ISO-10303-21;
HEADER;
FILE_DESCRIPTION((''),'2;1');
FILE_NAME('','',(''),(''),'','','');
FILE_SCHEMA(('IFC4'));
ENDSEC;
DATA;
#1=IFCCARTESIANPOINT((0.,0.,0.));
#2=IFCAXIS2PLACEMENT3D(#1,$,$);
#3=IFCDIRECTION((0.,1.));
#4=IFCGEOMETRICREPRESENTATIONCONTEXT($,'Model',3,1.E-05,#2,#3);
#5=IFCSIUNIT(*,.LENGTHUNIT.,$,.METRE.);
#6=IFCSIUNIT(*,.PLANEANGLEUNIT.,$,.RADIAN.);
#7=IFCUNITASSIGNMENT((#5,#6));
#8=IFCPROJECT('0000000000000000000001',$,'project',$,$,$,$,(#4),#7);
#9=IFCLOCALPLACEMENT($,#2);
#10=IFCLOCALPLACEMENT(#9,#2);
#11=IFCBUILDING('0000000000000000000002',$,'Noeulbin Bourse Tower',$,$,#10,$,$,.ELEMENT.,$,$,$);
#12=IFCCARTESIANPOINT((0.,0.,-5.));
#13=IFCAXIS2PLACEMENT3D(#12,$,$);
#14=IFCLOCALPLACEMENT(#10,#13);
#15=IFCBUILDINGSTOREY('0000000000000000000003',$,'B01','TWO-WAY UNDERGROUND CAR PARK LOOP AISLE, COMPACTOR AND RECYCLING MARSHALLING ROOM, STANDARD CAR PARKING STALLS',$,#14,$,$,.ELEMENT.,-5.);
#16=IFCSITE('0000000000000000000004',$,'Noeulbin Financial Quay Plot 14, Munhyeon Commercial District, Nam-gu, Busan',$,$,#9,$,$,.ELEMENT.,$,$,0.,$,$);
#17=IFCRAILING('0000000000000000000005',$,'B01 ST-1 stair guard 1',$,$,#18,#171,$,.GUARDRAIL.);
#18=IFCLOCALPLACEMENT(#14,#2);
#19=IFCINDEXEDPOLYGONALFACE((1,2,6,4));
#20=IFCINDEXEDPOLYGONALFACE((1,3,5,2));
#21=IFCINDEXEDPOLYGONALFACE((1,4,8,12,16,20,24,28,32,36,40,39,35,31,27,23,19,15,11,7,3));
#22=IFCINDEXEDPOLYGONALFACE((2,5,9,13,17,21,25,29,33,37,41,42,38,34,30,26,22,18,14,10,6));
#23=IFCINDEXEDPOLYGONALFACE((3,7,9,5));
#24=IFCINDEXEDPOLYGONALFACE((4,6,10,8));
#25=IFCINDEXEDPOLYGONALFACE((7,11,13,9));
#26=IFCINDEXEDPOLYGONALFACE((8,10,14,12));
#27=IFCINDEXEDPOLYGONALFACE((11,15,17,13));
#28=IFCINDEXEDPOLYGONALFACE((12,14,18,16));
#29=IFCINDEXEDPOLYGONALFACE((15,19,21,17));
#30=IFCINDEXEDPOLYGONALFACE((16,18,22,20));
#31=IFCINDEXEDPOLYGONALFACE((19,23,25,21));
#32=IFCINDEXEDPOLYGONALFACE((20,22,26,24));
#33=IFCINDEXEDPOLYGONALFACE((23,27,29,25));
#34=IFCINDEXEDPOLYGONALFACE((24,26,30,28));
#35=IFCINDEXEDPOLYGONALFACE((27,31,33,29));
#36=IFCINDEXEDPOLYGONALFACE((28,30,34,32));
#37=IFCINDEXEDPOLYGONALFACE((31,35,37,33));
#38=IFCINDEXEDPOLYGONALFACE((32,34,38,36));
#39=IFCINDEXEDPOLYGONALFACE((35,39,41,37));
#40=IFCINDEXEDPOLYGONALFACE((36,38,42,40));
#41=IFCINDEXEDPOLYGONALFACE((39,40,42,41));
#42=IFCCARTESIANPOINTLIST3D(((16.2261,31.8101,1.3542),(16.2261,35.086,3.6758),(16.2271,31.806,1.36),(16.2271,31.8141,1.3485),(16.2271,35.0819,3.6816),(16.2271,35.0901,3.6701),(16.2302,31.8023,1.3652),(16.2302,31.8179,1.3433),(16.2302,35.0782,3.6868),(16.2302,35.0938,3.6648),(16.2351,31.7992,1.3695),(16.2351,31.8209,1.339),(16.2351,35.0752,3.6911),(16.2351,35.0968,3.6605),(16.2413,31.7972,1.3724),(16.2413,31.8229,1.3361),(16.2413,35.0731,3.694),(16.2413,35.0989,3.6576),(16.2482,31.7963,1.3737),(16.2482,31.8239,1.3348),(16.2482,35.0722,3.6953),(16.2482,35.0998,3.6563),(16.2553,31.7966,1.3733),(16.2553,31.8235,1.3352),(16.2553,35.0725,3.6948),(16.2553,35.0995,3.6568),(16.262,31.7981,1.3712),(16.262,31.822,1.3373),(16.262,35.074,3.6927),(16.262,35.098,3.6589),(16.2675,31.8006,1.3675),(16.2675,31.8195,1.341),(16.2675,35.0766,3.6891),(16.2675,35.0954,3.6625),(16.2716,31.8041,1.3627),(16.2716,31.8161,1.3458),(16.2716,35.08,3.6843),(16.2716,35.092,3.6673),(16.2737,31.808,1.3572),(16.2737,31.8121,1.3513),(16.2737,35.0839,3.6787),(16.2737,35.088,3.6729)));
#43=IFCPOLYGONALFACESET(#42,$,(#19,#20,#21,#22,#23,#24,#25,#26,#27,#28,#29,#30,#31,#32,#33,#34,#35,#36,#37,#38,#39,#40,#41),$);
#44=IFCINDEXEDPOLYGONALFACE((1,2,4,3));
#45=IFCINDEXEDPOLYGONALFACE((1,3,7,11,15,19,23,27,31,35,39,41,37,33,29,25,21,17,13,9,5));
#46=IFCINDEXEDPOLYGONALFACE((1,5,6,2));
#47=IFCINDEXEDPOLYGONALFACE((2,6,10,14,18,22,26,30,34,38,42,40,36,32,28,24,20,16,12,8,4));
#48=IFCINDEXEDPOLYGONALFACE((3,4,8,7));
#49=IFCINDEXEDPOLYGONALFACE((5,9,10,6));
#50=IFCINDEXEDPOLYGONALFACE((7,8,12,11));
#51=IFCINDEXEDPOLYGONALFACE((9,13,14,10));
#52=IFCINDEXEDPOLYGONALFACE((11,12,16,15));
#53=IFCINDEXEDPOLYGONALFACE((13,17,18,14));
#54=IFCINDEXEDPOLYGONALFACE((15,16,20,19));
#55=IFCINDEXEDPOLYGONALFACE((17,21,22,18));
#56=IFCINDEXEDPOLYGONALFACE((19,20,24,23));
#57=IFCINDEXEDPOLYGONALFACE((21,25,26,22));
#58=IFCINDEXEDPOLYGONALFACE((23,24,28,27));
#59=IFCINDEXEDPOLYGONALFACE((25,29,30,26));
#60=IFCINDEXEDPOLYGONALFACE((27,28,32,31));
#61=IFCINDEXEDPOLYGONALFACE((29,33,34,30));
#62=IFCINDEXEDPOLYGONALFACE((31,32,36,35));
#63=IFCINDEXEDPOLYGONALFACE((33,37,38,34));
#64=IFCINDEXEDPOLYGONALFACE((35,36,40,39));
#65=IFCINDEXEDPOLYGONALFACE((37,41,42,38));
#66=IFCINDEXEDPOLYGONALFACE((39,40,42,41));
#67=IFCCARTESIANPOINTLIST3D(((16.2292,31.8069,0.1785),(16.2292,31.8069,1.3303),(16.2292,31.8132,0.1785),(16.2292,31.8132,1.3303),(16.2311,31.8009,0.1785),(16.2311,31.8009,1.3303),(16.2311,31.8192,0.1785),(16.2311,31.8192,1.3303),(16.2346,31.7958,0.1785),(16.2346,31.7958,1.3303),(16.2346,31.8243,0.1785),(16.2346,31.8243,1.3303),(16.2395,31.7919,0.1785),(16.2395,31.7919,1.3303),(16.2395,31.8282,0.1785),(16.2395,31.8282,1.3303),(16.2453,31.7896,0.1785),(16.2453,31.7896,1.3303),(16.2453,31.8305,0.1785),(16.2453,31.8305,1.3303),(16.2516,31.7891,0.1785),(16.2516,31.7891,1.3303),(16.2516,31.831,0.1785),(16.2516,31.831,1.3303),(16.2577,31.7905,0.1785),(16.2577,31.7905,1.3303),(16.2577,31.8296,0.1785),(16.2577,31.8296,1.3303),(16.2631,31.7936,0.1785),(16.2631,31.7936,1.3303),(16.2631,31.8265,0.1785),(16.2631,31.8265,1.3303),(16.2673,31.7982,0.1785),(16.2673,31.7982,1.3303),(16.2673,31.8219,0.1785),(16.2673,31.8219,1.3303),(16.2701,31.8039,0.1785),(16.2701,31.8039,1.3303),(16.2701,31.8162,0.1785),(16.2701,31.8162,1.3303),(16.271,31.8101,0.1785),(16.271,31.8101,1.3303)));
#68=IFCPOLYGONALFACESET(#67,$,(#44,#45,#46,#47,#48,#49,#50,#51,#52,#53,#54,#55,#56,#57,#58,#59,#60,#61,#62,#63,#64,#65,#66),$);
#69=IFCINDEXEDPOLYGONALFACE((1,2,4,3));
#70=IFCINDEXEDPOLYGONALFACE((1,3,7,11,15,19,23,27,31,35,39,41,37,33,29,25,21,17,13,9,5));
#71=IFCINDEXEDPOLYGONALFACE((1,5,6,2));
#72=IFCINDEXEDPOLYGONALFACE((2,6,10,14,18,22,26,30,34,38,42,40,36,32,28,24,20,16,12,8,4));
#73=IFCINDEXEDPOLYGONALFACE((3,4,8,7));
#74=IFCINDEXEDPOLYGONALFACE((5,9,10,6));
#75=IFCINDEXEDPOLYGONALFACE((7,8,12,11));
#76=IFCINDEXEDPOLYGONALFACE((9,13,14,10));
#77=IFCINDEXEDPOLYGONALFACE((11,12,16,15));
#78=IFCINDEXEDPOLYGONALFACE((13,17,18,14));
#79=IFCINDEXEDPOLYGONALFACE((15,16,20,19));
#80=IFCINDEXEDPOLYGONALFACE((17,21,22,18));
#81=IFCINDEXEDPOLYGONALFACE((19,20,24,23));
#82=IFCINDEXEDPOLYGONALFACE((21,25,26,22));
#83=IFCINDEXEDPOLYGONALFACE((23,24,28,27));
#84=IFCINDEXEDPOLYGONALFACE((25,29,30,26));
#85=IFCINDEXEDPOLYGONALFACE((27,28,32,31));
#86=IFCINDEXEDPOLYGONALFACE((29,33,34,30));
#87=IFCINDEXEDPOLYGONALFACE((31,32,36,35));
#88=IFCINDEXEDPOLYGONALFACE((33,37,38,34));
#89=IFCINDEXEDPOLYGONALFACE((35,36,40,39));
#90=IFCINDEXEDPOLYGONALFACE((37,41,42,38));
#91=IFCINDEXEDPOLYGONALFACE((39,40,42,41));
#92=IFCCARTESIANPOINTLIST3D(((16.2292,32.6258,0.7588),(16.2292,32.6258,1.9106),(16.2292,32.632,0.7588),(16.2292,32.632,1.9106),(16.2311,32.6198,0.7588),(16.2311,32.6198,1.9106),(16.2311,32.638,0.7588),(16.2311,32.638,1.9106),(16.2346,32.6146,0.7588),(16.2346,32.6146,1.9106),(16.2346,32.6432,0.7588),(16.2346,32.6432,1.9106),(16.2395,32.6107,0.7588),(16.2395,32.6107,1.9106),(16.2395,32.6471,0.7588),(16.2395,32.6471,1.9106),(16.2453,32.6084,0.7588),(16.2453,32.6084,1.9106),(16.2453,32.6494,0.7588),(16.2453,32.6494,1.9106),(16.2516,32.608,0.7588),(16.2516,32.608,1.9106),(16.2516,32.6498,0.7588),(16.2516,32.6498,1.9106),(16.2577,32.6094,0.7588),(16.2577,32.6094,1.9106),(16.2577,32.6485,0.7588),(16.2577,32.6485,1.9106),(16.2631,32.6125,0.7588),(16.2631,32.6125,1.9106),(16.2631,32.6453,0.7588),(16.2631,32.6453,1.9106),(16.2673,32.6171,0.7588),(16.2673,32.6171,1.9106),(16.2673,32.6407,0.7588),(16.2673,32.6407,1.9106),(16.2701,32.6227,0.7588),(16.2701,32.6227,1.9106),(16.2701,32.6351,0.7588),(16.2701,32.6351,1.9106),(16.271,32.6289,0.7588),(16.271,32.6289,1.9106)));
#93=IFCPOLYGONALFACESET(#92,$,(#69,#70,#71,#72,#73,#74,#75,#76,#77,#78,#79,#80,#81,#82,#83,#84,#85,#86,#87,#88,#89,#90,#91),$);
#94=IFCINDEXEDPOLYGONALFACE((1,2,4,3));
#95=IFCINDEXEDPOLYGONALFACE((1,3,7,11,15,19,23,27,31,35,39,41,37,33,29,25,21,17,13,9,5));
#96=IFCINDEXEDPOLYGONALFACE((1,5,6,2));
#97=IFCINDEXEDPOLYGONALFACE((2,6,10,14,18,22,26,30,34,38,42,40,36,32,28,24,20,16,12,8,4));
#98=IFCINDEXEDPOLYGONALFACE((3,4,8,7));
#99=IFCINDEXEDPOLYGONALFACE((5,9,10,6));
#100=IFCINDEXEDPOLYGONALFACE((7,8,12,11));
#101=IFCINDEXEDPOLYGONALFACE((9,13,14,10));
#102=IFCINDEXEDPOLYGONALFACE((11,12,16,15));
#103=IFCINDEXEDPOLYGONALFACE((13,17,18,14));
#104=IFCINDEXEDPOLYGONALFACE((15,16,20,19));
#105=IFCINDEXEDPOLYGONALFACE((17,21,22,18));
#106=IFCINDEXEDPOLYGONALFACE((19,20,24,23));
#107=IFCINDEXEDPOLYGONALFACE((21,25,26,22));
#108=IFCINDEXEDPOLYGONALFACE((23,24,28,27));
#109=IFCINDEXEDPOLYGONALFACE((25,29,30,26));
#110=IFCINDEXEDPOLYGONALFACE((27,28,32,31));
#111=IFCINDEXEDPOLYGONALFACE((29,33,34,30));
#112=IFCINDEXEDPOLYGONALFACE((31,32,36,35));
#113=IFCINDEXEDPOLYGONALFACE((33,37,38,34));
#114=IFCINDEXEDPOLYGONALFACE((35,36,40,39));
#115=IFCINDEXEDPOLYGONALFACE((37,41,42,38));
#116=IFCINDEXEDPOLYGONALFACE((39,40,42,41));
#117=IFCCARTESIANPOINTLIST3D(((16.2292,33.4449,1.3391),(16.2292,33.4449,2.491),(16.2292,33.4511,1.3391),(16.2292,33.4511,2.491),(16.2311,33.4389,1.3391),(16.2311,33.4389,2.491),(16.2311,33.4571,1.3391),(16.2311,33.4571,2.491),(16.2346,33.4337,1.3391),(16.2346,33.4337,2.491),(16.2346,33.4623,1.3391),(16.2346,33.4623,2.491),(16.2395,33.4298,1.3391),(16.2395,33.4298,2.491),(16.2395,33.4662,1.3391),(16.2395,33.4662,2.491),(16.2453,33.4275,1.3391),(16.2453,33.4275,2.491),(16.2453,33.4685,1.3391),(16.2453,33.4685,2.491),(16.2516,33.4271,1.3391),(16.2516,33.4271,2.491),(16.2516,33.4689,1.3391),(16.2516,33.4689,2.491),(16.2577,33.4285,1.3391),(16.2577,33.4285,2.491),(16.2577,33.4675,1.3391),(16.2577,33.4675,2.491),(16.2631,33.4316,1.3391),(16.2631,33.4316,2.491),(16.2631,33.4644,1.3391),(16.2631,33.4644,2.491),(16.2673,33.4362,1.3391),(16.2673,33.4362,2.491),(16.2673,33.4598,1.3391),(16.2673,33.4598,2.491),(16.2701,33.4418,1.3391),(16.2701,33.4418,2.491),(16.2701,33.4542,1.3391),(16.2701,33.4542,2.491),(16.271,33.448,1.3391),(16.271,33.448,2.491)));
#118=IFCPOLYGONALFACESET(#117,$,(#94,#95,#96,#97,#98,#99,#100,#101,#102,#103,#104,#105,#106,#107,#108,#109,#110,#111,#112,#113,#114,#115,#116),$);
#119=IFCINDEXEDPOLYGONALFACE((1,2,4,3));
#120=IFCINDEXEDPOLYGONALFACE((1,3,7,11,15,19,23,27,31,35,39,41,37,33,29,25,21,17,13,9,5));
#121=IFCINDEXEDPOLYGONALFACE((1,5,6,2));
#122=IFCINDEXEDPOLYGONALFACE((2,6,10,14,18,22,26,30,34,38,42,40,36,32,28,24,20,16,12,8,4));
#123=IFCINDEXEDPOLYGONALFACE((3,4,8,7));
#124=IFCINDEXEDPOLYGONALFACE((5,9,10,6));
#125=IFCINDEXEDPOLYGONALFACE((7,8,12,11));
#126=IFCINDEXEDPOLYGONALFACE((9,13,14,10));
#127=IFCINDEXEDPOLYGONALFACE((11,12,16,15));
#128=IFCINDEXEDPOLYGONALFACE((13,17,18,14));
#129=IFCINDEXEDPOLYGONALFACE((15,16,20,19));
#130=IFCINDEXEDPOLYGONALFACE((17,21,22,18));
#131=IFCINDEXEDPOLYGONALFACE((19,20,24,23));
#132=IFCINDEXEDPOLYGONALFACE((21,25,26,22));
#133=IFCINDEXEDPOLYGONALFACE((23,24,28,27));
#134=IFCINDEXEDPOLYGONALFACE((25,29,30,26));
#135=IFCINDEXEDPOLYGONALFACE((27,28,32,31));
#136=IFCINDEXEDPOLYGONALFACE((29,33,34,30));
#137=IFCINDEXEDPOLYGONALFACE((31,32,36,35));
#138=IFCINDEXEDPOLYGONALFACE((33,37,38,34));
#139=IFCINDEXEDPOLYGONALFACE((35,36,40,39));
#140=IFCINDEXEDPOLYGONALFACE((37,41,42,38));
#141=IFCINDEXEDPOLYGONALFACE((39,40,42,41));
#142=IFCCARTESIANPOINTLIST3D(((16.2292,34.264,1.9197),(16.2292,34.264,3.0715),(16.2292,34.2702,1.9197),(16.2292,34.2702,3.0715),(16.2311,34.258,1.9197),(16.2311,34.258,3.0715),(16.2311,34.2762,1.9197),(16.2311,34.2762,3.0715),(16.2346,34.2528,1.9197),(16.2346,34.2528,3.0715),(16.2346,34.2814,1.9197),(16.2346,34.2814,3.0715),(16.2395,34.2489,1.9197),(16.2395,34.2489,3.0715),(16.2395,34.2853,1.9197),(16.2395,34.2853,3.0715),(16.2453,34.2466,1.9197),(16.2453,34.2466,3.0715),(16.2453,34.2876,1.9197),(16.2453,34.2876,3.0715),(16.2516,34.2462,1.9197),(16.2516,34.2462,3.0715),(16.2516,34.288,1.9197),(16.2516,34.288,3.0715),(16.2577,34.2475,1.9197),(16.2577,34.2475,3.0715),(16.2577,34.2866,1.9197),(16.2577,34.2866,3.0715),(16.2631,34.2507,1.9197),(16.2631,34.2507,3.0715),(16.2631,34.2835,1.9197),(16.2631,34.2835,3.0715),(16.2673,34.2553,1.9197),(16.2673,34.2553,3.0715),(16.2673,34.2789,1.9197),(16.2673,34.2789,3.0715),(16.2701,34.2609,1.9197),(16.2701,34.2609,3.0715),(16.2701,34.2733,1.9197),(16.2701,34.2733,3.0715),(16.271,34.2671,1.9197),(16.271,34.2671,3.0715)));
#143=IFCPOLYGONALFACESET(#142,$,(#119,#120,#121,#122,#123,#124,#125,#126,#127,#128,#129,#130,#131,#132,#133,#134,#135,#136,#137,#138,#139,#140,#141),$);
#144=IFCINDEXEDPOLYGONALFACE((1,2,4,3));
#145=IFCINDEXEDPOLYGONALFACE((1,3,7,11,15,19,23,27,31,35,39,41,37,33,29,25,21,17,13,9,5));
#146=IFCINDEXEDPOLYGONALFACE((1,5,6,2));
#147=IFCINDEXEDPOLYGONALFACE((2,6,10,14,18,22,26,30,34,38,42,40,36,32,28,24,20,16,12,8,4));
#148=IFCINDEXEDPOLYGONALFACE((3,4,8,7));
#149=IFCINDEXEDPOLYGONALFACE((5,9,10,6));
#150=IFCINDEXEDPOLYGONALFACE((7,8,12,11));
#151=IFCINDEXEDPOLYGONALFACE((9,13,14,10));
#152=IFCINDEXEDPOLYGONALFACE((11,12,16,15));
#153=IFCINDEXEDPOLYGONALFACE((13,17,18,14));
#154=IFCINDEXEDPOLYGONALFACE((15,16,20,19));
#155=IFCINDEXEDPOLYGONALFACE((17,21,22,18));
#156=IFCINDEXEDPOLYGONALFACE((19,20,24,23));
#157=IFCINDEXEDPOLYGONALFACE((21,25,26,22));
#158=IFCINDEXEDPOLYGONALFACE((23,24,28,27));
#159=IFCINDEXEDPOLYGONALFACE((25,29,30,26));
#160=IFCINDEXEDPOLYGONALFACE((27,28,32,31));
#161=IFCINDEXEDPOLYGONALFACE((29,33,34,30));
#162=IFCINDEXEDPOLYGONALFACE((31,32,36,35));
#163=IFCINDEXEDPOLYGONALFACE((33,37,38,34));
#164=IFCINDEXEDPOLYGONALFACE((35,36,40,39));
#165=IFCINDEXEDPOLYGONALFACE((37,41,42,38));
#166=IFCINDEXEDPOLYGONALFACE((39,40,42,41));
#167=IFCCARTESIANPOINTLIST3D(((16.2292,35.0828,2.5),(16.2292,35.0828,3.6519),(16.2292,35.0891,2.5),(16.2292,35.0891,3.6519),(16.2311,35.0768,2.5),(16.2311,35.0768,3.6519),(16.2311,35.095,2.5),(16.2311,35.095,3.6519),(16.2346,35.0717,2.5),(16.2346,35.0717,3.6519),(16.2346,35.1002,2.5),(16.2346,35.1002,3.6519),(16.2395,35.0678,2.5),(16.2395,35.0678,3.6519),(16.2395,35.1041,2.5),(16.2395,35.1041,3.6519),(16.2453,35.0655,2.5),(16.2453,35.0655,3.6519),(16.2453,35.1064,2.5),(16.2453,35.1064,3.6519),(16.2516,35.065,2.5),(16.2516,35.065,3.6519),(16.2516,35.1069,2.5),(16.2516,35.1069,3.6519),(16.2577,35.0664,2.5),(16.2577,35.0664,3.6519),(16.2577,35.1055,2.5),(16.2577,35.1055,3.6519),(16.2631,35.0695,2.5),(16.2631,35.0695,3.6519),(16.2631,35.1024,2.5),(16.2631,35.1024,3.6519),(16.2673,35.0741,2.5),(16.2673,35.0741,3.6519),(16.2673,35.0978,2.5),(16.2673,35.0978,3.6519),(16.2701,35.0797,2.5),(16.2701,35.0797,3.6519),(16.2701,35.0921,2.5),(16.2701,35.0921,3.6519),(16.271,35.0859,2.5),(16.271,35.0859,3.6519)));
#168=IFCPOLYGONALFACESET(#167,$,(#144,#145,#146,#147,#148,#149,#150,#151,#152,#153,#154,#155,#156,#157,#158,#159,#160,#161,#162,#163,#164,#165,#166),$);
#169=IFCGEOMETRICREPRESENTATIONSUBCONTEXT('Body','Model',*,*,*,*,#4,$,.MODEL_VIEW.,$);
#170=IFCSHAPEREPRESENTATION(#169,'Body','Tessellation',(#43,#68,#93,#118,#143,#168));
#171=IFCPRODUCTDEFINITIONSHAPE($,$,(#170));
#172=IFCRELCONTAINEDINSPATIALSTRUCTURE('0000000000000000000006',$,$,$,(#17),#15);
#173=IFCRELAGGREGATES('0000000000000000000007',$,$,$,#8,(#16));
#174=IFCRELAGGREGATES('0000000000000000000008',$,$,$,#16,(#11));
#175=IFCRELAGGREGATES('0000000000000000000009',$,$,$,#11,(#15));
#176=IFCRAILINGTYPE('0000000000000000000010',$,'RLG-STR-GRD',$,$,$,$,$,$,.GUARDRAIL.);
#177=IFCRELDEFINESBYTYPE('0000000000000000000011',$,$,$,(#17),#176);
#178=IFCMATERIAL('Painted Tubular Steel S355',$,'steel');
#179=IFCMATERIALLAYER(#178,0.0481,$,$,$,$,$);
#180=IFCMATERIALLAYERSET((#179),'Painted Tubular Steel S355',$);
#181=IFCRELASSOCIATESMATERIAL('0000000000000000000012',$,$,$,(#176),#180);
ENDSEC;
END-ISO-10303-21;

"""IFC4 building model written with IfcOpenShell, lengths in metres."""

from ifc_helpers import new_model, si_unit, direction, frame, origin, origin_2d, place, context, subcontext, project, spatial, circle, extrude, material, layer, layer_set, type_object, element, save


model = new_model("IFC4")

# Units and contexts
model_context = context("Model", 3, precision=1e-05, world=origin(), true_north=direction((0.0, 1.0)))
body_context = subcontext(model_context, "Body", "Model", "MODEL_VIEW")
ifc_project = project(units=[si_unit("LENGTHUNIT", "METRE"), si_unit("PLANEANGLEUNIT", "RADIAN")], contexts=[model_context])

# Site, building, storey
site_placement = place(None, origin())
site = spatial("IfcSite", under=ifc_project, at=site_placement, Name="Noeulbin Financial Quay Plot 14, Munhyeon Commercial District, Nam-gu, Busan", CompositionType="ELEMENT", RefElevation=0.0)
building_placement = place(site_placement, origin())
building = spatial("IfcBuilding", under=site, at=building_placement, Name="Noeulbin Bourse Tower", CompositionType="ELEMENT")
storey_placement = place(building_placement, frame((0.0, 0.0, -5.0)))
storey = spatial("IfcBuildingStorey", under=building, at=storey_placement, Name="B01", Description="TWO-WAY UNDERGROUND CAR PARK LOOP AISLE, COMPACTOR AND RECYCLING MARSHALLING ROOM, STANDARD CAR PARKING STALLS", CompositionType="ELEMENT", Elevation=-5.0)

# Railing
ifc_material_1 = material(Name="Painted Tubular Steel S355", Category="steel")
ifc_layer_1 = layer(ifc_material_1, 0.0481)
ifc_layer_set_1 = layer_set([ifc_layer_1], Name="Painted Tubular Steel S355")
railing_type_1 = type_object("IfcRailingType", Name="RLG-STR-GRD", PredefinedType="GUARDRAIL", material=ifc_layer_set_1)
railing_1_placement = place(storey_placement, frame((16.25, 31.8101, 0.1785)))
element("IfcRailing", 1, at=railing_1_placement, inside=storey, type_object=railing_type_1, Name="B01 ST-1 stair guard 1", PredefinedType="GUARDRAIL", context=body_context, shape_type="SweptSolid", body=[
    extrude(circle(Radius=0.0239, at=origin_2d()), frame((0.0, 0.0, 1.1758), z_axis=(0.0, 0.815893, 0.578203), x_axis=(-1.0, 0.0, 0.0)), (0.0, 0.0, 1.0), 4.0151),
    extrude(circle(Radius=0.021, at=origin_2d()), origin(), (0.0, 0.0, 1.0), 1.1519),
    extrude(circle(Radius=0.021, at=origin_2d()), frame((0.0, 0.8188, 0.5803)), (0.0, 0.0, 1.0), 1.1519),
    extrude(circle(Radius=0.021, at=origin_2d()), frame((0.0, 1.6379, 1.1606)), (0.0, 0.0, 1.0), 1.1519),
    extrude(circle(Radius=0.021, at=origin_2d()), frame((0.0, 2.457, 1.7412)), (0.0, 0.0, 1.0), 1.1519),
    extrude(circle(Radius=0.021, at=origin_2d()), frame((0.0, 3.2759, 2.3215)), (0.0, 0.0, 1.0), 1.1519),
])

save(model, "model.ifc")
